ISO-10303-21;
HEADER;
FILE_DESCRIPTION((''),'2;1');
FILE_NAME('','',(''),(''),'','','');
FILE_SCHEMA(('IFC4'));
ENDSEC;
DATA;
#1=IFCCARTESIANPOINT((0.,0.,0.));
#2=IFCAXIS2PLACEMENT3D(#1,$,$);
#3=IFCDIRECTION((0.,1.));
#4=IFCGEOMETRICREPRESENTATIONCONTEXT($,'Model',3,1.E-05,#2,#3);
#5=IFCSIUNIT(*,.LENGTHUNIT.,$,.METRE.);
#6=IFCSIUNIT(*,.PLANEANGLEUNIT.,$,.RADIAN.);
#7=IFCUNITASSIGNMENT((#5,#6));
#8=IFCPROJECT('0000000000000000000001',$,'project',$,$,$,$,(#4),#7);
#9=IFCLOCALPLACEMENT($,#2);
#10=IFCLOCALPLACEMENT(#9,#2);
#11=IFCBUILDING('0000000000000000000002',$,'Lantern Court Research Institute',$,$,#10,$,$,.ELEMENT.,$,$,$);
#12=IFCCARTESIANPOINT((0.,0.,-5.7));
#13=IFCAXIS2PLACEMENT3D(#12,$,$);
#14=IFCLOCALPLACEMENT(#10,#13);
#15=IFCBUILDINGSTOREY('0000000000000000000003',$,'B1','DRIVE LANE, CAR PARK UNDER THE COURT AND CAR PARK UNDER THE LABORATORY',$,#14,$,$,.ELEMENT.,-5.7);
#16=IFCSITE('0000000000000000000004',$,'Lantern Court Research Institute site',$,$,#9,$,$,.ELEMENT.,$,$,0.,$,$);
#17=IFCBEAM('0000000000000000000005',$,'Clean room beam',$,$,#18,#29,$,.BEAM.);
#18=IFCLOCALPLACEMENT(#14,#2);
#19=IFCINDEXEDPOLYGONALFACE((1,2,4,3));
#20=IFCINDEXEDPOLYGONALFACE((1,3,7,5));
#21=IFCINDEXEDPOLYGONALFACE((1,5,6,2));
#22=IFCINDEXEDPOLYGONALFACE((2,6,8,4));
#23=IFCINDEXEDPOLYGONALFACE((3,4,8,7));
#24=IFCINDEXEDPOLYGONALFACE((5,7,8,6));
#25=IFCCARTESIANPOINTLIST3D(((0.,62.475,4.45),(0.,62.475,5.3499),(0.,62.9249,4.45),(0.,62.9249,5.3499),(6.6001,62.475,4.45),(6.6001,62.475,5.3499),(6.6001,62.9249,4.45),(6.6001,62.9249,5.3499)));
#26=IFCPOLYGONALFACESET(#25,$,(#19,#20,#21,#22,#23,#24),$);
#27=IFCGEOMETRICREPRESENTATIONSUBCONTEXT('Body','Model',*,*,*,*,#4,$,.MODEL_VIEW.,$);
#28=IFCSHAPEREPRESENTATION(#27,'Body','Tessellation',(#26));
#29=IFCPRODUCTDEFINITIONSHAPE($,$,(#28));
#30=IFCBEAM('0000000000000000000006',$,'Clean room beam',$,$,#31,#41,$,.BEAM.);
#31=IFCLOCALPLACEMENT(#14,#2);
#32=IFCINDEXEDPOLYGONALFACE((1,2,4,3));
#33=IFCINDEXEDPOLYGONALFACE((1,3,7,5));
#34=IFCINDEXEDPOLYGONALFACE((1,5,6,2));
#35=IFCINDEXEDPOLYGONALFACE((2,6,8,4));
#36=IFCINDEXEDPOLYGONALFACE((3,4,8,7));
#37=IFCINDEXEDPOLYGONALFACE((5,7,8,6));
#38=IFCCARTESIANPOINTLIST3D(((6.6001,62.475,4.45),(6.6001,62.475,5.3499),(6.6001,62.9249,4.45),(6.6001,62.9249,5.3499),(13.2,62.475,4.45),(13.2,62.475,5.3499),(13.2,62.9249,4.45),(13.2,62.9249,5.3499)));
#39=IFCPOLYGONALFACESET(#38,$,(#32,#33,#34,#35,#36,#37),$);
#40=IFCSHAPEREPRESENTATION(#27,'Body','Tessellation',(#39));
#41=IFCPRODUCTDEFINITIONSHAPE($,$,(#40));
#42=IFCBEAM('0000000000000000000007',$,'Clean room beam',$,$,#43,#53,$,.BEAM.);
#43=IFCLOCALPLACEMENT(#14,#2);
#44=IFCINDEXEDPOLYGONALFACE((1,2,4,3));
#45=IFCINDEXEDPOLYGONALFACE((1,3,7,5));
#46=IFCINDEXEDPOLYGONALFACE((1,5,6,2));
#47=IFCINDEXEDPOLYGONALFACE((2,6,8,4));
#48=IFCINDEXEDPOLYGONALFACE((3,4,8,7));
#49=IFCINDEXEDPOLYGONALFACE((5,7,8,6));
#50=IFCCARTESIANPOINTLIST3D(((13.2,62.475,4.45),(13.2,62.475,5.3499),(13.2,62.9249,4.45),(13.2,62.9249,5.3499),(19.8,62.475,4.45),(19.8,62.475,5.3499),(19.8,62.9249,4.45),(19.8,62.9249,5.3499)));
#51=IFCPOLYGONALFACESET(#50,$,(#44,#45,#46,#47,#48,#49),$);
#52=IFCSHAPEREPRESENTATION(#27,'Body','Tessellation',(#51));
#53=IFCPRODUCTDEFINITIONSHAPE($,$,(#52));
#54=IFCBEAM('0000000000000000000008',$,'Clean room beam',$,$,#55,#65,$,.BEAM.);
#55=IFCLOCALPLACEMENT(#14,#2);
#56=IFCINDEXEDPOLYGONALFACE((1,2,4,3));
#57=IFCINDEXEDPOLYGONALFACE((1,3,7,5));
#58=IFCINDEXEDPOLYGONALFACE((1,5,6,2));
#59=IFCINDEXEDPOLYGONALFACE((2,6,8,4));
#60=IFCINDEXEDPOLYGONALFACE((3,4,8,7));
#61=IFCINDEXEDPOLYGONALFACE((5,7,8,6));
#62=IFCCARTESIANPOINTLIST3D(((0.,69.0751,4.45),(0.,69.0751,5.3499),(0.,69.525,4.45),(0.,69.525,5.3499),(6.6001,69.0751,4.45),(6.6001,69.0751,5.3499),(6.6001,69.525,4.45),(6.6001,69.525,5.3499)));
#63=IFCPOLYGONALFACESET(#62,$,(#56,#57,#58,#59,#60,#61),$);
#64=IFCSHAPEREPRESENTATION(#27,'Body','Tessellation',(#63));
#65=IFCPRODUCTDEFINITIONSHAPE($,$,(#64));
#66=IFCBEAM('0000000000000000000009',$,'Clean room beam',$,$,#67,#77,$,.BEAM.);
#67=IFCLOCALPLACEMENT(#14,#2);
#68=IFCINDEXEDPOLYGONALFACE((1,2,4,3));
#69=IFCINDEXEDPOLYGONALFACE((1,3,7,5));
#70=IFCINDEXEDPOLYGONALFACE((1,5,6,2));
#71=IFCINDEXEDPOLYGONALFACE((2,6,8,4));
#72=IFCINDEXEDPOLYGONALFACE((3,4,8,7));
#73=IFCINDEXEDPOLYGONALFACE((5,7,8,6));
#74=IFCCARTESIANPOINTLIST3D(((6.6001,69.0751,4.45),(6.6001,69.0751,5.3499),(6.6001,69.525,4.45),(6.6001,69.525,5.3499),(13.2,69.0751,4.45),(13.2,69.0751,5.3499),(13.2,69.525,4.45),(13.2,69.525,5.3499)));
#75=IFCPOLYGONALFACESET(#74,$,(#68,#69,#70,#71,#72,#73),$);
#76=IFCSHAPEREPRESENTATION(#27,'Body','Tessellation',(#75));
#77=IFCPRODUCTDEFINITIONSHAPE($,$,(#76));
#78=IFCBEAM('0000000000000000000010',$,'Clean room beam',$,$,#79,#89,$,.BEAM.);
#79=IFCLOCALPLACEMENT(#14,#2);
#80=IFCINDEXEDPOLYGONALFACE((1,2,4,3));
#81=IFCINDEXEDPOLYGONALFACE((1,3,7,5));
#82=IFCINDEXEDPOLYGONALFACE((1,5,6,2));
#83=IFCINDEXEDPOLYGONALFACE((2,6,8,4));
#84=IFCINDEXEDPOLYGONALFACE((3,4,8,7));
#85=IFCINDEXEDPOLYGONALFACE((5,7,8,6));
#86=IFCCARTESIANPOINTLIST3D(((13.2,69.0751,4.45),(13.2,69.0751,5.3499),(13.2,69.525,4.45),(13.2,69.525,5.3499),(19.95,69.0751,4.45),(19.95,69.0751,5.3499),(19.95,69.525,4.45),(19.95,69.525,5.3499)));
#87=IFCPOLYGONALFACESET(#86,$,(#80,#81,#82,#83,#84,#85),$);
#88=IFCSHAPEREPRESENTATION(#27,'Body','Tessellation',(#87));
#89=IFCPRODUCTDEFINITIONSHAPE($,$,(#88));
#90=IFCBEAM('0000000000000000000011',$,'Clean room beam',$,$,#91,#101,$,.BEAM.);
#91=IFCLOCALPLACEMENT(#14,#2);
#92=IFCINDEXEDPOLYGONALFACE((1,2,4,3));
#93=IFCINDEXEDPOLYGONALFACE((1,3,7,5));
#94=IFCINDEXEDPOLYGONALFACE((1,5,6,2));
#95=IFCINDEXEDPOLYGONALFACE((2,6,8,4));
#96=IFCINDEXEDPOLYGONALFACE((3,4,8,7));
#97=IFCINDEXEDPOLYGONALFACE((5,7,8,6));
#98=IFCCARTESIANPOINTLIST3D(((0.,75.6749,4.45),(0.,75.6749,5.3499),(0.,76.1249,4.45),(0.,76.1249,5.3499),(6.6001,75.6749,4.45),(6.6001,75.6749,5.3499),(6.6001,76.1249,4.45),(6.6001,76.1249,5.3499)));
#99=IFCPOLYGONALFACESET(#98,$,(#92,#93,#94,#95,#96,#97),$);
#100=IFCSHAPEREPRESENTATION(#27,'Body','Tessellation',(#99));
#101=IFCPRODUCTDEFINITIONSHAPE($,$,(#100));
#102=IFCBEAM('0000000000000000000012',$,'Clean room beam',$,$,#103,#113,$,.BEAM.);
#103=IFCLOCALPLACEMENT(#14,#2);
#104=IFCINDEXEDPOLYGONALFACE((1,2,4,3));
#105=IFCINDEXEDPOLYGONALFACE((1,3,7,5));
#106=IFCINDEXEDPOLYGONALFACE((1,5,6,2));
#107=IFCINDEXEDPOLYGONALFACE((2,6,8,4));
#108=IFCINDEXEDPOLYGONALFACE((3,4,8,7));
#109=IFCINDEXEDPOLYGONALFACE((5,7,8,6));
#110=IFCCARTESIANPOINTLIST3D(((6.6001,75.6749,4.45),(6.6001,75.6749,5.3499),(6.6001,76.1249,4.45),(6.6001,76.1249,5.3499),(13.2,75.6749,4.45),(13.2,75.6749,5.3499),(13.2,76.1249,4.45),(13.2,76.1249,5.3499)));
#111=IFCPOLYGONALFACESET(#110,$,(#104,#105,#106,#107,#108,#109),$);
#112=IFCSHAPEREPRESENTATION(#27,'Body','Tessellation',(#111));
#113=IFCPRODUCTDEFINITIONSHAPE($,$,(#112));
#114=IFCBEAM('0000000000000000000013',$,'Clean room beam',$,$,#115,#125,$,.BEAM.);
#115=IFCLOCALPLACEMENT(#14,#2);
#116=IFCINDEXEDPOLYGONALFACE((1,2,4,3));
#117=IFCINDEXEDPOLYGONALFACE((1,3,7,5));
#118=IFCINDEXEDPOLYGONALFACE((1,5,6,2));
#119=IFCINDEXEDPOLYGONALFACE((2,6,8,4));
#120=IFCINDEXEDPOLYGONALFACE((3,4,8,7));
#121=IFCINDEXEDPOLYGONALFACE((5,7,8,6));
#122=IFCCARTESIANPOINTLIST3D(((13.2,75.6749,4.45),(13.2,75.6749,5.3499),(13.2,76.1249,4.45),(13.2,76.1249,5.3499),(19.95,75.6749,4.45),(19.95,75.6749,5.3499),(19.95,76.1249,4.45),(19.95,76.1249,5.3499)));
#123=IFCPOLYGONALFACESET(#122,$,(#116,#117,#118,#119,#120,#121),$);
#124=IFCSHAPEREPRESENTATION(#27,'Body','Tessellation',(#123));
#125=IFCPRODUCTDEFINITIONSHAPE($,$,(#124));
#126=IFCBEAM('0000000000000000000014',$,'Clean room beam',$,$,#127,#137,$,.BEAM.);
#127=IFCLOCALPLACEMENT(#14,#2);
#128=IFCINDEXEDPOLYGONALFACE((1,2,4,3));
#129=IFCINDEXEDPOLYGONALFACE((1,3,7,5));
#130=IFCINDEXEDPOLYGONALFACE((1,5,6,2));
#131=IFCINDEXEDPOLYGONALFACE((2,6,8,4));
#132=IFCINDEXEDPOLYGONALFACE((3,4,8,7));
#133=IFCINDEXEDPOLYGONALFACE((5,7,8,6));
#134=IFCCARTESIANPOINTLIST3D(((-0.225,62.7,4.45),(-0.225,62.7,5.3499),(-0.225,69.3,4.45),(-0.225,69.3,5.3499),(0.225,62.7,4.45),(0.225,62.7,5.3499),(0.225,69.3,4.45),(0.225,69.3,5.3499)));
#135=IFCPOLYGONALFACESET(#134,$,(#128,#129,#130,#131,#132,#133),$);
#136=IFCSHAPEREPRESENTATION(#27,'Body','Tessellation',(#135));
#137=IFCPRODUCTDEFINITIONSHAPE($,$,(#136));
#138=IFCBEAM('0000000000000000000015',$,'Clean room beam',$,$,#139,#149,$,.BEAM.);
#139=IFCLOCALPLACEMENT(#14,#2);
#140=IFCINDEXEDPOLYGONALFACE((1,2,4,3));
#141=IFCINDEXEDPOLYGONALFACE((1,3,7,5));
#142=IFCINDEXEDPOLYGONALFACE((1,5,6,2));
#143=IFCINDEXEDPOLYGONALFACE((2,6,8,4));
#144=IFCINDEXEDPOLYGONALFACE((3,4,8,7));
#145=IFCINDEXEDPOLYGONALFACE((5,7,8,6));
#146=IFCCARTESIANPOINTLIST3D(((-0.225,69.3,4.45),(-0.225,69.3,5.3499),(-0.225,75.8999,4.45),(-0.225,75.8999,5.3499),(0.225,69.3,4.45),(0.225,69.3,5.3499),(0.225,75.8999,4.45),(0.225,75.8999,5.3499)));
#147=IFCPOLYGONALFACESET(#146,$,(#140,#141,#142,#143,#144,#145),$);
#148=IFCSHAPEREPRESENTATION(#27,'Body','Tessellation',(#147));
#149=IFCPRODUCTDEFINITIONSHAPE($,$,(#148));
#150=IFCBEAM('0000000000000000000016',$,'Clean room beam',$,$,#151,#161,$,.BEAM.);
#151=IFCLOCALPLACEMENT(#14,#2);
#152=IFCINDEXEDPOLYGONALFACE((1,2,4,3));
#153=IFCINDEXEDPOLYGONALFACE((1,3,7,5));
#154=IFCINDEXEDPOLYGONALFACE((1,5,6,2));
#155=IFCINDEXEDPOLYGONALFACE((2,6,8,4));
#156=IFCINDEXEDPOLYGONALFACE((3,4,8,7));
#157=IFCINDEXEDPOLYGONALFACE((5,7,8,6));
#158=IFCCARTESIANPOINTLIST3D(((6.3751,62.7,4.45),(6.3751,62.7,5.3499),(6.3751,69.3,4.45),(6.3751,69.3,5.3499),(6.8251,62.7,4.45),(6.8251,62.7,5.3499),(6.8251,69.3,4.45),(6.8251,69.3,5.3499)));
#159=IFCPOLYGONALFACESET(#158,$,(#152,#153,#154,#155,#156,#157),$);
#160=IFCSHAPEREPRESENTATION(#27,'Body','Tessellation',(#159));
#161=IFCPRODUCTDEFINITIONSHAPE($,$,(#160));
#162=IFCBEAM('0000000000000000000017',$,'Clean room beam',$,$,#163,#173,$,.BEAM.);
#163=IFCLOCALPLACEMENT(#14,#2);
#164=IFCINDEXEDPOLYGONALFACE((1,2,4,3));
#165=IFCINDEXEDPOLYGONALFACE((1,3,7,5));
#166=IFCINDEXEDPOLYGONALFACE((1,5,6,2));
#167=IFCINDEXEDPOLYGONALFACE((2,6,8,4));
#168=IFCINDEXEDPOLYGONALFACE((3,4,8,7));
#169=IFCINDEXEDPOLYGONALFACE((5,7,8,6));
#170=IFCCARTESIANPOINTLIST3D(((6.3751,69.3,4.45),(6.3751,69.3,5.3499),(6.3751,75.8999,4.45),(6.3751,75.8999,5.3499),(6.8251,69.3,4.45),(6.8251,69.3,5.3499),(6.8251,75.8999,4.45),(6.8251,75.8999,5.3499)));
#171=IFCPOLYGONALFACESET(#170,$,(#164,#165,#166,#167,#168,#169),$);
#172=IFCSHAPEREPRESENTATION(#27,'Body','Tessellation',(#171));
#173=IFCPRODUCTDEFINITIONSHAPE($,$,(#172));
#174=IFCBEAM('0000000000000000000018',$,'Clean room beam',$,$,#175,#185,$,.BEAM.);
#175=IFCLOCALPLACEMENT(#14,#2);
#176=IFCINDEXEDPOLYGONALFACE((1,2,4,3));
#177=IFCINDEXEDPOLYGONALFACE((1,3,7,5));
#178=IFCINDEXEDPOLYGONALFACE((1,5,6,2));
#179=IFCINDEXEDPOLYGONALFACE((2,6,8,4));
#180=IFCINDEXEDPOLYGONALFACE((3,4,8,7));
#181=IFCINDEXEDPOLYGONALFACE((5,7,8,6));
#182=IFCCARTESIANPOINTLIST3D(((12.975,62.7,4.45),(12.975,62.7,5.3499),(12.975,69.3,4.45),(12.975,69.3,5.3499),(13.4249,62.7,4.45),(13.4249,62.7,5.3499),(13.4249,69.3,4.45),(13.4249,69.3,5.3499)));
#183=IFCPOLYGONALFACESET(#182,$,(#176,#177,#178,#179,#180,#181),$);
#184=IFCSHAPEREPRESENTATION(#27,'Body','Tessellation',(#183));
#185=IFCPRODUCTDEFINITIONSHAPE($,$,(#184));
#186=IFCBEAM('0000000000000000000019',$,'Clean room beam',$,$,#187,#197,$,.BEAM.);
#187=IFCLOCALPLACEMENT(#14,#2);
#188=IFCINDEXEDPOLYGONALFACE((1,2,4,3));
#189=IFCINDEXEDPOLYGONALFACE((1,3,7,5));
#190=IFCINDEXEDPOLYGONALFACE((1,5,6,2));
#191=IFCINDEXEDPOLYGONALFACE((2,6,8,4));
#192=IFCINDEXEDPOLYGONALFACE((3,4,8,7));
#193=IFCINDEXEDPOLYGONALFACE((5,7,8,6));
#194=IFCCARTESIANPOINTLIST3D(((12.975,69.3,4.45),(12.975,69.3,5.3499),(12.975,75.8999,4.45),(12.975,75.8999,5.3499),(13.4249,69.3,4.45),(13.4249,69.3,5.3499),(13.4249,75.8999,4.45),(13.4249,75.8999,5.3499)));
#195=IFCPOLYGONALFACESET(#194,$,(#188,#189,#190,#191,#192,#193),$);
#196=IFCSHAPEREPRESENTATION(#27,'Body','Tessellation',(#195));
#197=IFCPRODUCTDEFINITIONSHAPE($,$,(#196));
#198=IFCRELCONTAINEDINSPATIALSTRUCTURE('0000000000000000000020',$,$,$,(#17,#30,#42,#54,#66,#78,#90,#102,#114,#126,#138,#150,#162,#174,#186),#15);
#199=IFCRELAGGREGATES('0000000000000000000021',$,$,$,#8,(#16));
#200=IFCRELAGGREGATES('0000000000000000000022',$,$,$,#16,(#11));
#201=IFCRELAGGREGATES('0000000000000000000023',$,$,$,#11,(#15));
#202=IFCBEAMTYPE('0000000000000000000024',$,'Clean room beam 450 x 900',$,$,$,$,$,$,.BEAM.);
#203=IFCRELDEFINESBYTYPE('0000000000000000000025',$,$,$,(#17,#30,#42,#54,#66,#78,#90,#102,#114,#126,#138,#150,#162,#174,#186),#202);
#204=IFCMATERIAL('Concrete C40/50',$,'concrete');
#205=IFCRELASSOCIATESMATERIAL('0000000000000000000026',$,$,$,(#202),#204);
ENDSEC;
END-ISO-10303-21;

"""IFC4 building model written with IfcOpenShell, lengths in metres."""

from ifc_helpers import new_model, si_unit, direction, frame, origin, origin_2d, place, context, subcontext, project, spatial, rectangle, extrude, material, material_profile, profile_set, type_object, element, save


model = new_model("IFC4")

# Units and contexts
model_context = context("Model", 3, precision=1e-05, world=origin(), true_north=direction((0.0, 1.0)))
body_context = subcontext(model_context, "Body", "Model", "MODEL_VIEW")
ifc_project = project(units=[si_unit("LENGTHUNIT", "METRE"), si_unit("PLANEANGLEUNIT", "RADIAN")], contexts=[model_context])

# Site, building, storey
site_placement = place(None, origin())
site = spatial("IfcSite", under=ifc_project, at=site_placement, Name="Lantern Court Research Institute site", CompositionType="ELEMENT", RefElevation=0.0)
building_placement = place(site_placement, origin())
building = spatial("IfcBuilding", under=site, at=building_placement, Name="Lantern Court Research Institute", CompositionType="ELEMENT")
storey_placement = place(building_placement, frame((0.0, 0.0, -5.7)))
storey = spatial("IfcBuildingStorey", under=building, at=storey_placement, Name="B1", Description="DRIVE LANE, CAR PARK UNDER THE COURT AND CAR PARK UNDER THE LABORATORY", CompositionType="ELEMENT", Elevation=-5.7)

# Beams
ifc_material_1 = material(Name="Concrete C40/50", Category="concrete")
ifc_material_profile_1 = material_profile(ifc_material_1, rectangle(XDim=0.45, YDim=0.8999, at=origin_2d()), Name="Clean room beam 450 x 900")
ifc_profile_set_1 = profile_set([ifc_material_profile_1], Name="Concrete C40/50")
beam_type = type_object("IfcBeamType", Name="Clean room beam 450 x 900", PredefinedType="BEAM", material=ifc_profile_set_1)
beam_1_placement = place(storey_placement, frame((0.0, 62.7, 4.8999), z_axis=(1.0, 0.0, 0.0), x_axis=(0.0, 1.0, 0.0)))
element("IfcBeam", 1, at=beam_1_placement, inside=storey, type_object=beam_type, Name="Clean room beam", PredefinedType="BEAM", context=body_context, shape_type="SweptSolid", body=[
    extrude(rectangle(XDim=0.45, YDim=0.8999, at=origin_2d()), origin(), (0.0, 0.0, 1.0), 6.6001),
])
beam_2_placement = place(storey_placement, frame((6.6001, 62.7, 4.8999), z_axis=(1.0, 0.0, 0.0), x_axis=(0.0, 1.0, 0.0)))
element("IfcBeam", 2, at=beam_2_placement, inside=storey, type_object=beam_type, Name="Clean room beam", PredefinedType="BEAM", context=body_context, shape_type="SweptSolid", body=[
    extrude(rectangle(XDim=0.45, YDim=0.8999, at=origin_2d()), origin(), (0.0, 0.0, 1.0), 6.5999),
])
for number, where, z_axis, x_axis, name in (
    (3, (13.2, 62.7, 4.8999), (1.0, 0.0, 0.0), (0.0, 1.0, 0.0), "Clean room beam"),
    (4, (0.0, 69.3, 4.8999), (1.0, 0.0, 0.0), (0.0, 1.0, 0.0), "Clean room beam"),
):
    element("IfcBeam", number, at=place(storey_placement, frame(where, z_axis=z_axis, x_axis=x_axis)), inside=storey, type_object=beam_type, Name=name, PredefinedType="BEAM", context=body_context, shape_type="SweptSolid", body=[
        extrude(rectangle(XDim=0.45, YDim=0.8999, at=origin_2d()), origin(), (0.0, 0.0, 1.0), 6.6001),
    ])
beam_3_placement = place(storey_placement, frame((6.6001, 69.3, 4.8999), z_axis=(1.0, 0.0, 0.0), x_axis=(0.0, 1.0, 0.0)))
element("IfcBeam", 5, at=beam_3_placement, inside=storey, type_object=beam_type, Name="Clean room beam", PredefinedType="BEAM", context=body_context, shape_type="SweptSolid", body=[
    extrude(rectangle(XDim=0.45, YDim=0.8999, at=origin_2d()), origin(), (0.0, 0.0, 1.0), 6.5999),
])
beam_4_placement = place(storey_placement, frame((13.2, 69.3, 4.8999), z_axis=(1.0, 0.0, 0.0), x_axis=(0.0, 1.0, 0.0)))
element("IfcBeam", 6, at=beam_4_placement, inside=storey, type_object=beam_type, Name="Clean room beam", PredefinedType="BEAM", context=body_context, shape_type="SweptSolid", body=[
    extrude(rectangle(XDim=0.45, YDim=0.8999, at=origin_2d()), origin(), (0.0, 0.0, 1.0), 6.75),
])
beam_5_placement = place(storey_placement, frame((0.0, 75.8999, 4.8999), z_axis=(1.0, 0.0, 0.0), x_axis=(0.0, 1.0, 0.0)))
element("IfcBeam", 7, at=beam_5_placement, inside=storey, type_object=beam_type, Name="Clean room beam", PredefinedType="BEAM", context=body_context, shape_type="SweptSolid", body=[
    extrude(rectangle(XDim=0.45, YDim=0.8999, at=origin_2d()), origin(), (0.0, 0.0, 1.0), 6.6001),
])
beam_6_placement = place(storey_placement, frame((6.6001, 75.8999, 4.8999), z_axis=(1.0, 0.0, 0.0), x_axis=(0.0, 1.0, 0.0)))
element("IfcBeam", 8, at=beam_6_placement, inside=storey, type_object=beam_type, Name="Clean room beam", PredefinedType="BEAM", context=body_context, shape_type="SweptSolid", body=[
    extrude(rectangle(XDim=0.45, YDim=0.8999, at=origin_2d()), origin(), (0.0, 0.0, 1.0), 6.5999),
])
beam_7_placement = place(storey_placement, frame((13.2, 75.8999, 4.8999), z_axis=(1.0, 0.0, 0.0), x_axis=(0.0, 1.0, 0.0)))
element("IfcBeam", 9, at=beam_7_placement, inside=storey, type_object=beam_type, Name="Clean room beam", PredefinedType="BEAM", context=body_context, shape_type="SweptSolid", body=[
    extrude(rectangle(XDim=0.45, YDim=0.8999, at=origin_2d()), origin(), (0.0, 0.0, 1.0), 6.75),
])
beam_8_placement = place(storey_placement, frame((0.0, 62.7, 4.8999), z_axis=(0.0, 1.0, 0.0), x_axis=(-1.0, 0.0, 0.0)))
element("IfcBeam", 10, at=beam_8_placement, inside=storey, type_object=beam_type, Name="Clean room beam", PredefinedType="BEAM", context=body_context, shape_type="SweptSolid", body=[
    extrude(rectangle(XDim=0.45, YDim=0.8999, at=origin_2d()), origin(), (0.0, 0.0, 1.0), 6.6001),
])
beam_9_placement = place(storey_placement, frame((0.0, 69.3, 4.8999), z_axis=(0.0, 1.0, 0.0), x_axis=(-1.0, 0.0, 0.0)))
element("IfcBeam", 11, at=beam_9_placement, inside=storey, type_object=beam_type, Name="Clean room beam", PredefinedType="BEAM", context=body_context, shape_type="SweptSolid", body=[
    extrude(rectangle(XDim=0.45, YDim=0.8999, at=origin_2d()), origin(), (0.0, 0.0, 1.0), 6.5999),
])
beam_10_placement = place(storey_placement, frame((6.6001, 62.7, 4.8999), z_axis=(0.0, 1.0, 0.0), x_axis=(-1.0, 0.0, 0.0)))
element("IfcBeam", 12, at=beam_10_placement, inside=storey, type_object=beam_type, Name="Clean room beam", PredefinedType="BEAM", context=body_context, shape_type="SweptSolid", body=[
    extrude(rectangle(XDim=0.45, YDim=0.8999, at=origin_2d()), origin(), (0.0, 0.0, 1.0), 6.6001),
])
beam_11_placement = place(storey_placement, frame((6.6001, 69.3, 4.8999), z_axis=(0.0, 1.0, 0.0), x_axis=(-1.0, 0.0, 0.0)))
element("IfcBeam", 13, at=beam_11_placement, inside=storey, type_object=beam_type, Name="Clean room beam", PredefinedType="BEAM", context=body_context, shape_type="SweptSolid", body=[
    extrude(rectangle(XDim=0.45, YDim=0.8999, at=origin_2d()), origin(), (0.0, 0.0, 1.0), 6.5999),
])
beam_12_placement = place(storey_placement, frame((13.2, 62.7, 4.8999), z_axis=(0.0, 1.0, 0.0), x_axis=(-1.0, 0.0, 0.0)))
element("IfcBeam", 14, at=beam_12_placement, inside=storey, type_object=beam_type, Name="Clean room beam", PredefinedType="BEAM", context=body_context, shape_type="SweptSolid", body=[
    extrude(rectangle(XDim=0.45, YDim=0.8999, at=origin_2d()), origin(), (0.0, 0.0, 1.0), 6.6001),
])
beam_13_placement = place(storey_placement, frame((13.2, 69.3, 4.8999), z_axis=(0.0, 1.0, 0.0), x_axis=(-1.0, 0.0, 0.0)))
element("IfcBeam", 15, at=beam_13_placement, inside=storey, type_object=beam_type, Name="Clean room beam", PredefinedType="BEAM", context=body_context, shape_type="SweptSolid", body=[
    extrude(rectangle(XDim=0.45, YDim=0.8999, at=origin_2d()), origin(), (0.0, 0.0, 1.0), 6.5999),
])

save(model, "model.ifc")
